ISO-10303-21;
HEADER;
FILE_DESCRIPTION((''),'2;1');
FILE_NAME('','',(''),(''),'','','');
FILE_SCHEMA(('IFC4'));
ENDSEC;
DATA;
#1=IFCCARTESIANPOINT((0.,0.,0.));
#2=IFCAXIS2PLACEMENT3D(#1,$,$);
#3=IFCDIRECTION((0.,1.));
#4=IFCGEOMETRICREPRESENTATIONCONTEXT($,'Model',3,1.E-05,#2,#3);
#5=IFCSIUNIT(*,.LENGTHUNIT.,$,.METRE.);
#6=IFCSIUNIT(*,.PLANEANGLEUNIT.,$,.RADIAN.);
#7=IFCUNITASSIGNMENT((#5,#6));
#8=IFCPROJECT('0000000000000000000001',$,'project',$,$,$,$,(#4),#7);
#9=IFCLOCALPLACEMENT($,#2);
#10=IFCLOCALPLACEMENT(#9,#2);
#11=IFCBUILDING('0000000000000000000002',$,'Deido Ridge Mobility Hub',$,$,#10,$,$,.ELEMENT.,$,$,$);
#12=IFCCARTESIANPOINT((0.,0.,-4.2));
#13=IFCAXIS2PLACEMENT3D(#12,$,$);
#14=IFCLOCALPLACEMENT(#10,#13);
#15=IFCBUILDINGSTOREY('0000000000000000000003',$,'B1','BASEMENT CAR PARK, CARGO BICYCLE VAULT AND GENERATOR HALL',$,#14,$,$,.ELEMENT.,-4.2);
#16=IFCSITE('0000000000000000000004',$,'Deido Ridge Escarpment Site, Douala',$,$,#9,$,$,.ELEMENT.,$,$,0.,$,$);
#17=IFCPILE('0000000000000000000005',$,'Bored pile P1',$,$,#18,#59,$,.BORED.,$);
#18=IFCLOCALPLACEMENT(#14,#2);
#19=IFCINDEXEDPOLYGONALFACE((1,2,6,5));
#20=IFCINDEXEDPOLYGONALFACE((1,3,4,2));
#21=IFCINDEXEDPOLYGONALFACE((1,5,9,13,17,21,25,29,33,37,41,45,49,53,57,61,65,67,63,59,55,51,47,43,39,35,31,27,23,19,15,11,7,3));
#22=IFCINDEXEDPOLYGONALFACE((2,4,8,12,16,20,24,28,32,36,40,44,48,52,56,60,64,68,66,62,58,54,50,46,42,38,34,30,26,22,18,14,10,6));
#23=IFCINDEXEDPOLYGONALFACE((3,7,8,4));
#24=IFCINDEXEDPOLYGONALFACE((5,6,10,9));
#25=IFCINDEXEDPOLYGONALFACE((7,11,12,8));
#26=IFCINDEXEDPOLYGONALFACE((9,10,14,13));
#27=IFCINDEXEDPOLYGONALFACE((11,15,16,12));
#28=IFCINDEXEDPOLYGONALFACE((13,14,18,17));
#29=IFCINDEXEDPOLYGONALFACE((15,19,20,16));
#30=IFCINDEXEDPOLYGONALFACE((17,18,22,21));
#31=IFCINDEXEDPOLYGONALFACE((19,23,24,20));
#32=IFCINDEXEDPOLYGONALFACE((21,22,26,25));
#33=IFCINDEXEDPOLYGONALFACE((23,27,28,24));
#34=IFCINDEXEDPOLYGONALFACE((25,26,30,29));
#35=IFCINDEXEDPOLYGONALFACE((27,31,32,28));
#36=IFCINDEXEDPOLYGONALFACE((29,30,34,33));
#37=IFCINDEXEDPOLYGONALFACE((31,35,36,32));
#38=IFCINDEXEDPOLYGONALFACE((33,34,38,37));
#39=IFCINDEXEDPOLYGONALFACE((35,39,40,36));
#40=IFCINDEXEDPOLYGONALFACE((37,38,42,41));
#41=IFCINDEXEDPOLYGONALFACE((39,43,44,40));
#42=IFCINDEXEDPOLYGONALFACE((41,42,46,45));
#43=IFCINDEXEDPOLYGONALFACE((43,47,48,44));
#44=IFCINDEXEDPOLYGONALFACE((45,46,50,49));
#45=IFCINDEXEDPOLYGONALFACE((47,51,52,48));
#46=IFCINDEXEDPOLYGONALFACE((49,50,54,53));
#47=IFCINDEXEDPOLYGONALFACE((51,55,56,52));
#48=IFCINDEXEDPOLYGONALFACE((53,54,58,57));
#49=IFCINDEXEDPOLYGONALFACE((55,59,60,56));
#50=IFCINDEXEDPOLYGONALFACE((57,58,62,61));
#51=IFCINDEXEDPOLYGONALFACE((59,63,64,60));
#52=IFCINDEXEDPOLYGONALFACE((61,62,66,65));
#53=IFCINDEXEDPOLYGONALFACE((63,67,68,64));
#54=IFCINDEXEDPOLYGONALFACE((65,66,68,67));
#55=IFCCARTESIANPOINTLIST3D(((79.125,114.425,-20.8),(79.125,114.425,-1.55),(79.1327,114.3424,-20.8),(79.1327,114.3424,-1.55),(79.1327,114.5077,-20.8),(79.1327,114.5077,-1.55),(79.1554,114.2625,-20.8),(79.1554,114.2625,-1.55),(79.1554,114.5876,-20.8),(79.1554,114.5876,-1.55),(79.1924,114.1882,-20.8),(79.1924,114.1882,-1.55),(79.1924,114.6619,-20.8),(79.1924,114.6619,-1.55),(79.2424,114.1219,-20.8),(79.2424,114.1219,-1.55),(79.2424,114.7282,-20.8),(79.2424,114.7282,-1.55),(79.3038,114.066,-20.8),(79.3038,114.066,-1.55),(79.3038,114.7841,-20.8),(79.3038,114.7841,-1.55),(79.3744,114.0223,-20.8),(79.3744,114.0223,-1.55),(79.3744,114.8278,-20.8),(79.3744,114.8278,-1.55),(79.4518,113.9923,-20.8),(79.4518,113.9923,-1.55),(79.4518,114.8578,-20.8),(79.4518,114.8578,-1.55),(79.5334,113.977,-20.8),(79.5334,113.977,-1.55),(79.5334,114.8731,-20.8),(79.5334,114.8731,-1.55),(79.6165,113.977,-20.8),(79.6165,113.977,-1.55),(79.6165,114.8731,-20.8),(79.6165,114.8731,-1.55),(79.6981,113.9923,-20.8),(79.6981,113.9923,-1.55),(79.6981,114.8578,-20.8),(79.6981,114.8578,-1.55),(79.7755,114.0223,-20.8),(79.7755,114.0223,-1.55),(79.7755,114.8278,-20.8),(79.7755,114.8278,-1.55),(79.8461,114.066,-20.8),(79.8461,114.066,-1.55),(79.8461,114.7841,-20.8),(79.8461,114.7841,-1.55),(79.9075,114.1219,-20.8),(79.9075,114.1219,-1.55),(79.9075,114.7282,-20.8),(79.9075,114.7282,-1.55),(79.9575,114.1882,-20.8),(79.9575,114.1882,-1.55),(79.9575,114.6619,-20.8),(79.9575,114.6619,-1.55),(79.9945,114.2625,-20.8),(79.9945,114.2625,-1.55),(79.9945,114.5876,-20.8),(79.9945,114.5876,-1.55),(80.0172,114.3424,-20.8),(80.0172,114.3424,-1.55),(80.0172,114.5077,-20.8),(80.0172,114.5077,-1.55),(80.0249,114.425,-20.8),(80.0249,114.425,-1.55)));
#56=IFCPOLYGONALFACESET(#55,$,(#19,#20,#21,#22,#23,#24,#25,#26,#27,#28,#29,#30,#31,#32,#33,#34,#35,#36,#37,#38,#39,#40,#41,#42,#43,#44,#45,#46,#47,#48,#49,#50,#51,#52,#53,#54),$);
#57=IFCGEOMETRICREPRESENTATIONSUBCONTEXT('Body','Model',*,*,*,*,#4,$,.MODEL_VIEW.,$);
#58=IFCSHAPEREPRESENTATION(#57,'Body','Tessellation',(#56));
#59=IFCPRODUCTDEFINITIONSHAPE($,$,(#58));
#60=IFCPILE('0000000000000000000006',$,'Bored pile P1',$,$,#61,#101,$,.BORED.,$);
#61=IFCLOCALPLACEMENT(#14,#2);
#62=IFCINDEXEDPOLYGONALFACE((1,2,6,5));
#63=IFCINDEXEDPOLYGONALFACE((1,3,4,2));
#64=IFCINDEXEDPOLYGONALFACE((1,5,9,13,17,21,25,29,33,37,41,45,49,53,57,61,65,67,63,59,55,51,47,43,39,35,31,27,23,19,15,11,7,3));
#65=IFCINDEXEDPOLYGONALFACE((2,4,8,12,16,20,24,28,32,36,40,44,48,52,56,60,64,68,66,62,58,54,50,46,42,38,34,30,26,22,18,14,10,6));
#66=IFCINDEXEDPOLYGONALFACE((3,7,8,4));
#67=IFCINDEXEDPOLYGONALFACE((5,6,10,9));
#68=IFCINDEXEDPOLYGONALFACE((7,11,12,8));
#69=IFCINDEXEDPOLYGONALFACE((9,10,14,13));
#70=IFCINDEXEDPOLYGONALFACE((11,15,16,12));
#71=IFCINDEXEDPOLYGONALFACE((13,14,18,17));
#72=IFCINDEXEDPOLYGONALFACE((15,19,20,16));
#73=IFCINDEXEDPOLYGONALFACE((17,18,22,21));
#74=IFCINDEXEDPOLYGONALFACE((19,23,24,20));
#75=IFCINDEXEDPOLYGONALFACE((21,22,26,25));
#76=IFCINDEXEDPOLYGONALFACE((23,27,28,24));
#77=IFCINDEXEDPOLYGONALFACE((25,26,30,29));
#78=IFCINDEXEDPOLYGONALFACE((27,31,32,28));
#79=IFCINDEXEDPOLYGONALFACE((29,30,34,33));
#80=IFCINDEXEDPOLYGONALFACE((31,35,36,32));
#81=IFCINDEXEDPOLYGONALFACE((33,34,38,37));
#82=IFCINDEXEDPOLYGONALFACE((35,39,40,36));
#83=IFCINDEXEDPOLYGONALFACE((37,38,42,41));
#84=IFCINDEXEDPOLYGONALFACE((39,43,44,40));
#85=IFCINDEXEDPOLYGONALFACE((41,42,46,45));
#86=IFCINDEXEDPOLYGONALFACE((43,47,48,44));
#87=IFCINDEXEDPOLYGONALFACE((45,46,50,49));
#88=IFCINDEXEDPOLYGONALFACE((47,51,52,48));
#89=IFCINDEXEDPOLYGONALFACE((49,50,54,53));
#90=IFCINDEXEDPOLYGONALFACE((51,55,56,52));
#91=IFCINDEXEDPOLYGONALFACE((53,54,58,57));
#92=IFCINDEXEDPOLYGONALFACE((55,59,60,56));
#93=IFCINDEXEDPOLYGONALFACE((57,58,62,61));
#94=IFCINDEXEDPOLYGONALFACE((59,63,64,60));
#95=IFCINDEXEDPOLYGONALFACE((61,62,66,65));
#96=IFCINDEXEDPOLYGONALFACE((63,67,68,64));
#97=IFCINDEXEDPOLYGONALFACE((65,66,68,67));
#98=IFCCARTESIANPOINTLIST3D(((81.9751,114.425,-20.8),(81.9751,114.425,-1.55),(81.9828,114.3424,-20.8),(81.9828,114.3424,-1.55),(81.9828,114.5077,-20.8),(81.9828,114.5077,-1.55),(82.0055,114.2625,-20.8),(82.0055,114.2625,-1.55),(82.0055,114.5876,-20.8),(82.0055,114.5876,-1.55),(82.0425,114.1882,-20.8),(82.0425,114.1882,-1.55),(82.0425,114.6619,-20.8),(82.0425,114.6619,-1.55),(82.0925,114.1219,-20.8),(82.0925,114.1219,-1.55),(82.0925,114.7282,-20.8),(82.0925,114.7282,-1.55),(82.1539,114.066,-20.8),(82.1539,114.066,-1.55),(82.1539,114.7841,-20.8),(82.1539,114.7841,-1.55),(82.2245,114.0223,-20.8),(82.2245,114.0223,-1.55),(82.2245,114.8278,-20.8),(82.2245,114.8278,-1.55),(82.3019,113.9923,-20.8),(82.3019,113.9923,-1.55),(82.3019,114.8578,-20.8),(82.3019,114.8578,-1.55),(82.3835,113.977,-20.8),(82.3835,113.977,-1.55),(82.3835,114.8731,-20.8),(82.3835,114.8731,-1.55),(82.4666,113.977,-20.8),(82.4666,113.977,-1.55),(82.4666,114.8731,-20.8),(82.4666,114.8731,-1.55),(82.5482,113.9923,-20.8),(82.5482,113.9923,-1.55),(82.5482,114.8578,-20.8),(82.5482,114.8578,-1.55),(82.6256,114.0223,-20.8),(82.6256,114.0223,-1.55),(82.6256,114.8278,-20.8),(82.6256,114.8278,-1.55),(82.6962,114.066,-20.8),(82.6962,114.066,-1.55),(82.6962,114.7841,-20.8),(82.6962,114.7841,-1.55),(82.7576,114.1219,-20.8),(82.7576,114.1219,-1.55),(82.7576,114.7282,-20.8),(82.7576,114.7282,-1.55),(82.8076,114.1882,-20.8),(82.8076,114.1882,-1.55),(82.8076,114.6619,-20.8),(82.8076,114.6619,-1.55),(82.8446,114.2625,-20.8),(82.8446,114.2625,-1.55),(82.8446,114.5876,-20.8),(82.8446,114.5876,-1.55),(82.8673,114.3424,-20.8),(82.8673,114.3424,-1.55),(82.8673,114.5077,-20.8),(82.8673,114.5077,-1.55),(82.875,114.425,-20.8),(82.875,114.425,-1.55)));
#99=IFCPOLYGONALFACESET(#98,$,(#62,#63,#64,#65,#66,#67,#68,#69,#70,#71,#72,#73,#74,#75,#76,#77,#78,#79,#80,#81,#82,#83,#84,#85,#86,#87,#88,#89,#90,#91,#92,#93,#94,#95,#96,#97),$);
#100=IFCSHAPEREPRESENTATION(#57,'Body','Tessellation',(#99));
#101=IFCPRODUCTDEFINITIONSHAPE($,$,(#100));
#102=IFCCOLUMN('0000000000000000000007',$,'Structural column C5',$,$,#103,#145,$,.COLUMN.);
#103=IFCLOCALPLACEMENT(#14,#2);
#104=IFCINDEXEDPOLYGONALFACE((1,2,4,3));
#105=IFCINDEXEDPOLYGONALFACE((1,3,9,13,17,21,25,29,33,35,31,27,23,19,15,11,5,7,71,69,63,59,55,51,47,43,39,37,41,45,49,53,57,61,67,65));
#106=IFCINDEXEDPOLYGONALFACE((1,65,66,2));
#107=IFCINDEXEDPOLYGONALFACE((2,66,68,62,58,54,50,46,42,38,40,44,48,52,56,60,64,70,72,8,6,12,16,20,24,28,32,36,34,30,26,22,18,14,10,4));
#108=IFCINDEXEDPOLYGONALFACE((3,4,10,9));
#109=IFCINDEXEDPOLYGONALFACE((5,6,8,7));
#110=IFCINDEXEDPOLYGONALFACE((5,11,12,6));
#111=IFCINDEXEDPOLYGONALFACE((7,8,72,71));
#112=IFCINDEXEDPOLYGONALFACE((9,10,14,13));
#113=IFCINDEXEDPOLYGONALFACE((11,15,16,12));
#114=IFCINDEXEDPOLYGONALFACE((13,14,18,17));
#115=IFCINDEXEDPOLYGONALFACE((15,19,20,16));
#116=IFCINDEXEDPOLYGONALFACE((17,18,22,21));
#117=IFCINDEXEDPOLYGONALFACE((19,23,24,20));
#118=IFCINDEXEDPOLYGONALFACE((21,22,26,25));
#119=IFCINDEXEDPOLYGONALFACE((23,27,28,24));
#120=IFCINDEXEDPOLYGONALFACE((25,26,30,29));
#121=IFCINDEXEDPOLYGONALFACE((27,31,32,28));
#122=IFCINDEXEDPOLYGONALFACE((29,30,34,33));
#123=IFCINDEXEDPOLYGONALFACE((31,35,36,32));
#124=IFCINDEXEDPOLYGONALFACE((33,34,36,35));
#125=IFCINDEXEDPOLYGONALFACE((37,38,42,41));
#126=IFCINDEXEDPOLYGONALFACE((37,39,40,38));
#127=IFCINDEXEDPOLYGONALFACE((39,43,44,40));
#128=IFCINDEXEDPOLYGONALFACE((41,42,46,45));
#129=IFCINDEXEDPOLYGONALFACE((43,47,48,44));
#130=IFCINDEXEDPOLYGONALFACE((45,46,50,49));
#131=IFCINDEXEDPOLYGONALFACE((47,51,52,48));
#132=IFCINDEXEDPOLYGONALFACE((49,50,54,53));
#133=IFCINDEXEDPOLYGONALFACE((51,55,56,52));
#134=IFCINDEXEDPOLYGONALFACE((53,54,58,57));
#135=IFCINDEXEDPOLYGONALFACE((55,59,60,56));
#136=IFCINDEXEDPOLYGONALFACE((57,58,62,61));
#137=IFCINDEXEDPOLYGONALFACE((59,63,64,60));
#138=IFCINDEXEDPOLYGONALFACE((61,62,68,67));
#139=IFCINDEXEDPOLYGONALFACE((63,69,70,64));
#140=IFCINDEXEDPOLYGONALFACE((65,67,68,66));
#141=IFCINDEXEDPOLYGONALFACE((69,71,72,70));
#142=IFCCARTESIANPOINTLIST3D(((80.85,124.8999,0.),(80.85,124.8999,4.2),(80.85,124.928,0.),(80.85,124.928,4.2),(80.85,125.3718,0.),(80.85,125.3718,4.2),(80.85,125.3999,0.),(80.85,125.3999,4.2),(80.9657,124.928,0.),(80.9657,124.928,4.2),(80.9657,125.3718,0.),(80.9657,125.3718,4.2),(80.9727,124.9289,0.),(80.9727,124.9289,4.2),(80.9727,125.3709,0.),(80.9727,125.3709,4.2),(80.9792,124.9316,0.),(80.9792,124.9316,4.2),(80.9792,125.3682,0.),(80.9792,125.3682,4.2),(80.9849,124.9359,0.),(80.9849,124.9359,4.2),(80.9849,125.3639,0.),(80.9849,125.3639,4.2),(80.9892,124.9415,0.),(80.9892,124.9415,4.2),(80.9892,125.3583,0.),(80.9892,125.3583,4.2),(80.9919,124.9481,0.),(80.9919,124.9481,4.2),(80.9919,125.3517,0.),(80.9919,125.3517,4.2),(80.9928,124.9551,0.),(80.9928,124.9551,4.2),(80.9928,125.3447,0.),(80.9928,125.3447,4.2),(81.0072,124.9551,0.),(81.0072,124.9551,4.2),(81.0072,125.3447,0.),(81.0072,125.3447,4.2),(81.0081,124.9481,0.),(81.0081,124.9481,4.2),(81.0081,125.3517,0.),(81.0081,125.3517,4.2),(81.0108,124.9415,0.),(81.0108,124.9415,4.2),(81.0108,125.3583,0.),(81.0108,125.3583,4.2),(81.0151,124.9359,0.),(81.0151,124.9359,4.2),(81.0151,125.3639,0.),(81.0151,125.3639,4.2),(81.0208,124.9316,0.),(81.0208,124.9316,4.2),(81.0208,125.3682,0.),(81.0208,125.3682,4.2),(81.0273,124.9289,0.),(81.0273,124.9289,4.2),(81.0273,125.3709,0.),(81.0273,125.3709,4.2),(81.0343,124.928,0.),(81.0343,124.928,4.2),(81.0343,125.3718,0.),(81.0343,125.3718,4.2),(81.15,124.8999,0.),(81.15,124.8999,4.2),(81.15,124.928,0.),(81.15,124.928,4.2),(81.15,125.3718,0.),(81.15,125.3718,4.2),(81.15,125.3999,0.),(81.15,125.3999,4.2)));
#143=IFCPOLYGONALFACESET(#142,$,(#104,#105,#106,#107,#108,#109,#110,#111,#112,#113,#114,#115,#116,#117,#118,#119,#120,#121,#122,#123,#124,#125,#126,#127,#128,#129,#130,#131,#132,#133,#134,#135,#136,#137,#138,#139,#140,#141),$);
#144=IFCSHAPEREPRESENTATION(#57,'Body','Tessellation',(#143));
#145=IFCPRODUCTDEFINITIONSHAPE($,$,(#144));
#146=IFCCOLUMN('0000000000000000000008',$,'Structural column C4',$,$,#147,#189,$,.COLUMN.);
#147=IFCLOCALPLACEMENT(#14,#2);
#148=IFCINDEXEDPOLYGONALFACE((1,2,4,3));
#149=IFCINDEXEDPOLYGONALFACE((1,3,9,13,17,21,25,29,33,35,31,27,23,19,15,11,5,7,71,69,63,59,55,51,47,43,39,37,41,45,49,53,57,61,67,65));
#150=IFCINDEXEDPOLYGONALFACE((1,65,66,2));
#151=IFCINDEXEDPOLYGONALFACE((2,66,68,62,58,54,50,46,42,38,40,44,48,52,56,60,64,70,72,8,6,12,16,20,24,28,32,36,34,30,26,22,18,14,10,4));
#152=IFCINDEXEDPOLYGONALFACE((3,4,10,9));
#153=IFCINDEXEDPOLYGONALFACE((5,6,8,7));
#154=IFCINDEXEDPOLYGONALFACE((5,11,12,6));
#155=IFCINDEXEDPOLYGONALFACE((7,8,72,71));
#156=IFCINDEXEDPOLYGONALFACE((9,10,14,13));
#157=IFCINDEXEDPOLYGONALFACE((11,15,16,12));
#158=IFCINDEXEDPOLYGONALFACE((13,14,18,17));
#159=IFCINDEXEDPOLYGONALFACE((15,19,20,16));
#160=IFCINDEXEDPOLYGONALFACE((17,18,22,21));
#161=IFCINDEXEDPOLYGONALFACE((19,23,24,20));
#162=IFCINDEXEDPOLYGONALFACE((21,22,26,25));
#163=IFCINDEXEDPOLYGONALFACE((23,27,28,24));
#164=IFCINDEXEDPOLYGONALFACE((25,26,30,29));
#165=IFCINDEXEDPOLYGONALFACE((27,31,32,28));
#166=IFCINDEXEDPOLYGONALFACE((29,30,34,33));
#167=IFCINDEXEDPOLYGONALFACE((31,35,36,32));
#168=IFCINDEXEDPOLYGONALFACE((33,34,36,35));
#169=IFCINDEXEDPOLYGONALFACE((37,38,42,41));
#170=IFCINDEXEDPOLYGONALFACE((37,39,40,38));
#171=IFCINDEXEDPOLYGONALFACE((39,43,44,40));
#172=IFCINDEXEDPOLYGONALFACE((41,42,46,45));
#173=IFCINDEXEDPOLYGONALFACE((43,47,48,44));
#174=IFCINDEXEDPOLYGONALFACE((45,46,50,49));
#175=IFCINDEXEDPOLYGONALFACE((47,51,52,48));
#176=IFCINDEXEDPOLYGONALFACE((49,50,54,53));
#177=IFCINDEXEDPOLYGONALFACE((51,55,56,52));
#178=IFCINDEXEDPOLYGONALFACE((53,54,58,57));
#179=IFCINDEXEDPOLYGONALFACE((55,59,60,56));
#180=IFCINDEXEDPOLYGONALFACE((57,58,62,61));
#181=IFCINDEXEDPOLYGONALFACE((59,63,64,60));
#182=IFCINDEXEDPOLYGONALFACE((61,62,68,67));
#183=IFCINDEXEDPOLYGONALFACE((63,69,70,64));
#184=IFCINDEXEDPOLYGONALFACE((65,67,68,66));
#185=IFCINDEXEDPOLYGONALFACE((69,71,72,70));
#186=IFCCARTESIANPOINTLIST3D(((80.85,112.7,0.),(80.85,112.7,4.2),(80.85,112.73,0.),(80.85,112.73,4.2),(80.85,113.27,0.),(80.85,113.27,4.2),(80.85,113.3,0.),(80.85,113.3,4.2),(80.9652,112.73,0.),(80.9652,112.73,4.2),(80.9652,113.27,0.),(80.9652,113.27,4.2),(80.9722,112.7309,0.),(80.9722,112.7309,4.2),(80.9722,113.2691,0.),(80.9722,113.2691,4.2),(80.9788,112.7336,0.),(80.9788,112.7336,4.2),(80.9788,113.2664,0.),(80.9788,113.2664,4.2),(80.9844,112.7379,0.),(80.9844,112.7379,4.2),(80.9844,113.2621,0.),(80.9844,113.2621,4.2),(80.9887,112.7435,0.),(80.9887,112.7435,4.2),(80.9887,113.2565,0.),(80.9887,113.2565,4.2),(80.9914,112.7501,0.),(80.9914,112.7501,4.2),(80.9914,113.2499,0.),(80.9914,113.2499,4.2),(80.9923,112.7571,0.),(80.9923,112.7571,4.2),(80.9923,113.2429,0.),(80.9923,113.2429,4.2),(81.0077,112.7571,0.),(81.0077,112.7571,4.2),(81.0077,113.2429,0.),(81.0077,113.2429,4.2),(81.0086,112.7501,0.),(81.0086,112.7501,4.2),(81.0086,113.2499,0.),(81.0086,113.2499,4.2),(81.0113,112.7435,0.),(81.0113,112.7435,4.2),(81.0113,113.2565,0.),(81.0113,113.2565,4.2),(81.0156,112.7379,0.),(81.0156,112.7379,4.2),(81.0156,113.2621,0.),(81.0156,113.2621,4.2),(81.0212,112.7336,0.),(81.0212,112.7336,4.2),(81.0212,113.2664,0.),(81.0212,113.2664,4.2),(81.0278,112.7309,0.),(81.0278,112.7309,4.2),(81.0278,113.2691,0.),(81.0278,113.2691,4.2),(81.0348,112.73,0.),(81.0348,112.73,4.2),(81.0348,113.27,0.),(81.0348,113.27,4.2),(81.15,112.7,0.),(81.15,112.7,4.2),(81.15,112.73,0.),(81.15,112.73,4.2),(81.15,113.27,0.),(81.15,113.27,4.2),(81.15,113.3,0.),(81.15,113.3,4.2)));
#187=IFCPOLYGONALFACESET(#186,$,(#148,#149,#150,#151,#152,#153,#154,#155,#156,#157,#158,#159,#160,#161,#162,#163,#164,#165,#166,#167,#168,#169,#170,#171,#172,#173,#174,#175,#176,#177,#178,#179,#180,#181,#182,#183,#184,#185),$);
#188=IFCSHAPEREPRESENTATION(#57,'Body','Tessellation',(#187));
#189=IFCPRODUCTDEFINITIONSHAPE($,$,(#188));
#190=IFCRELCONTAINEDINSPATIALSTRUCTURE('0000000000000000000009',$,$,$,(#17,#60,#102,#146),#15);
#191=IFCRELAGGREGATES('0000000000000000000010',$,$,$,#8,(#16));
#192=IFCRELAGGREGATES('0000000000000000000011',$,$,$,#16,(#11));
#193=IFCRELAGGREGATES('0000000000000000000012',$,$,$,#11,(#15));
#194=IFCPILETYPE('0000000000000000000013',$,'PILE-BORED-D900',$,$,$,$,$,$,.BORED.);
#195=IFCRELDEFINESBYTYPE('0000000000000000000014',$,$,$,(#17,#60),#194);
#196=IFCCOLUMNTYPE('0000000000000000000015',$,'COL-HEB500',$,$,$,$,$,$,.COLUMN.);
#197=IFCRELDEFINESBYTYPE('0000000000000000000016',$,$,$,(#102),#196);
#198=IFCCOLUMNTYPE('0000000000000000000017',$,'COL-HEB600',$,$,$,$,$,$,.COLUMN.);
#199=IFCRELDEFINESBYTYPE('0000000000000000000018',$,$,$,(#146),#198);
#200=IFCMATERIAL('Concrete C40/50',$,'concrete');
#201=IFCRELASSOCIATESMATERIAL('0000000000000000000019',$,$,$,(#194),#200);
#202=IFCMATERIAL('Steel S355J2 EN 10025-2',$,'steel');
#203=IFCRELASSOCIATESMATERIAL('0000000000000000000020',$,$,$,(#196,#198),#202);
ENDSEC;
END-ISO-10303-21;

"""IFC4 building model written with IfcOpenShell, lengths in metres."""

from ifc_helpers import new_model, si_unit, direction, frame, origin, origin_2d, place, context, subcontext, project, spatial, circle, i_section, extrude, material, material_profile, profile_set, type_object, element, save


model = new_model("IFC4")

# Units and contexts
model_context = context("Model", 3, precision=1e-05, world=origin(), true_north=direction((0.0, 1.0)))
body_context = subcontext(model_context, "Body", "Model", "MODEL_VIEW")
ifc_project = project(units=[si_unit("LENGTHUNIT", "METRE"), si_unit("PLANEANGLEUNIT", "RADIAN")], contexts=[model_context])

# Site, building, storey
site_placement = place(None, origin())
site = spatial("IfcSite", under=ifc_project, at=site_placement, Name="Deido Ridge Escarpment Site, Douala", CompositionType="ELEMENT", RefElevation=0.0)
building_placement = place(site_placement, origin())
building = spatial("IfcBuilding", under=site, at=building_placement, Name="Deido Ridge Mobility Hub", CompositionType="ELEMENT")
storey_placement = place(building_placement, frame((0.0, 0.0, -4.2)))
storey = spatial("IfcBuildingStorey", under=building, at=storey_placement, Name="B1", Description="BASEMENT CAR PARK, CARGO BICYCLE VAULT AND GENERATOR HALL", CompositionType="ELEMENT", Elevation=-4.2)

# Shared definitions
ifc_material_1 = material(Name="Concrete C40/50", Category="concrete")

# Piles
ifc_material_profile_1 = material_profile(ifc_material_1, circle(Radius=0.45, at=origin_2d()), Name="BORED PILE D900")
ifc_profile_set_1 = profile_set([ifc_material_profile_1], Name="Concrete C40/50")
pile_type_1 = type_object("IfcPileType", Name="PILE-BORED-D900", PredefinedType="BORED", material=ifc_profile_set_1)
for number, where, z_axis, x_axis, name in (
    (1, (79.575, 114.425, -1.55), (0.0, 0.0, -1.0), (1.0, 0.0, 0.0), "Bored pile P1"),
    (2, (82.425, 114.425, -1.55), (0.0, 0.0, -1.0), (1.0, 0.0, 0.0), "Bored pile P1"),
):
    element("IfcPile", number, at=place(storey_placement, frame(where, z_axis=z_axis, x_axis=x_axis)), inside=storey, type_object=pile_type_1, Name=name, PredefinedType="BORED", context=body_context, shape_type="SweptSolid", body=[
        extrude(circle(Radius=0.45, at=origin_2d()), origin(), (0.0, 0.0, 1.0), 19.25),
    ])

# Columns
ifc_material_2 = material(Name="Steel S355J2 EN 10025-2", Category="steel")
ifc_material_profile_2 = material_profile(ifc_material_2, i_section(OverallWidth=0.3, OverallDepth=0.5, WebThickness=0.0144, FlangeThickness=0.0281, FilletRadius=0.0271, at=origin_2d()), Name="HEB 500")
ifc_profile_set_2 = profile_set([ifc_material_profile_2], Name="Steel S355J2 EN 10025-2")
column_type_1 = type_object("IfcColumnType", Name="COL-HEB500", PredefinedType="COLUMN", material=ifc_profile_set_2)
column_1_placement = place(storey_placement, frame((81.0, 125.1499, 0.0), z_axis=(0.0, 0.0, 1.0), x_axis=(1.0, 0.0, 0.0)))
element("IfcColumn", 3, at=column_1_placement, inside=storey, type_object=column_type_1, Name="Structural column C5", PredefinedType="COLUMN", context=body_context, shape_type="SweptSolid", body=[
    extrude(i_section(OverallWidth=0.3, OverallDepth=0.5, WebThickness=0.0144, FlangeThickness=0.0281, FilletRadius=0.0271, at=origin_2d()), origin(), (0.0, 0.0, 1.0), 4.2),
])
ifc_material_profile_3 = material_profile(ifc_material_2, i_section(OverallWidth=0.3, OverallDepth=0.6001, WebThickness=0.0154, FlangeThickness=0.03, FilletRadius=0.0271, at=origin_2d()), Name="HEB 600")
ifc_profile_set_3 = profile_set([ifc_material_profile_3], Name="Steel S355J2 EN 10025-2")
column_type_2 = type_object("IfcColumnType", Name="COL-HEB600", PredefinedType="COLUMN", material=ifc_profile_set_3)
column_2_placement = place(storey_placement, frame((81.0, 113.0, 0.0), z_axis=(0.0, 0.0, 1.0), x_axis=(1.0, 0.0, 0.0)))
element("IfcColumn", 4, at=column_2_placement, inside=storey, type_object=column_type_2, Name="Structural column C4", PredefinedType="COLUMN", context=body_context, shape_type="SweptSolid", body=[
    extrude(i_section(OverallWidth=0.3, OverallDepth=0.6001, WebThickness=0.0154, FlangeThickness=0.03, FilletRadius=0.0271, at=origin_2d()), origin(), (0.0, 0.0, 1.0), 4.2),
])

save(model, "model.ifc")
